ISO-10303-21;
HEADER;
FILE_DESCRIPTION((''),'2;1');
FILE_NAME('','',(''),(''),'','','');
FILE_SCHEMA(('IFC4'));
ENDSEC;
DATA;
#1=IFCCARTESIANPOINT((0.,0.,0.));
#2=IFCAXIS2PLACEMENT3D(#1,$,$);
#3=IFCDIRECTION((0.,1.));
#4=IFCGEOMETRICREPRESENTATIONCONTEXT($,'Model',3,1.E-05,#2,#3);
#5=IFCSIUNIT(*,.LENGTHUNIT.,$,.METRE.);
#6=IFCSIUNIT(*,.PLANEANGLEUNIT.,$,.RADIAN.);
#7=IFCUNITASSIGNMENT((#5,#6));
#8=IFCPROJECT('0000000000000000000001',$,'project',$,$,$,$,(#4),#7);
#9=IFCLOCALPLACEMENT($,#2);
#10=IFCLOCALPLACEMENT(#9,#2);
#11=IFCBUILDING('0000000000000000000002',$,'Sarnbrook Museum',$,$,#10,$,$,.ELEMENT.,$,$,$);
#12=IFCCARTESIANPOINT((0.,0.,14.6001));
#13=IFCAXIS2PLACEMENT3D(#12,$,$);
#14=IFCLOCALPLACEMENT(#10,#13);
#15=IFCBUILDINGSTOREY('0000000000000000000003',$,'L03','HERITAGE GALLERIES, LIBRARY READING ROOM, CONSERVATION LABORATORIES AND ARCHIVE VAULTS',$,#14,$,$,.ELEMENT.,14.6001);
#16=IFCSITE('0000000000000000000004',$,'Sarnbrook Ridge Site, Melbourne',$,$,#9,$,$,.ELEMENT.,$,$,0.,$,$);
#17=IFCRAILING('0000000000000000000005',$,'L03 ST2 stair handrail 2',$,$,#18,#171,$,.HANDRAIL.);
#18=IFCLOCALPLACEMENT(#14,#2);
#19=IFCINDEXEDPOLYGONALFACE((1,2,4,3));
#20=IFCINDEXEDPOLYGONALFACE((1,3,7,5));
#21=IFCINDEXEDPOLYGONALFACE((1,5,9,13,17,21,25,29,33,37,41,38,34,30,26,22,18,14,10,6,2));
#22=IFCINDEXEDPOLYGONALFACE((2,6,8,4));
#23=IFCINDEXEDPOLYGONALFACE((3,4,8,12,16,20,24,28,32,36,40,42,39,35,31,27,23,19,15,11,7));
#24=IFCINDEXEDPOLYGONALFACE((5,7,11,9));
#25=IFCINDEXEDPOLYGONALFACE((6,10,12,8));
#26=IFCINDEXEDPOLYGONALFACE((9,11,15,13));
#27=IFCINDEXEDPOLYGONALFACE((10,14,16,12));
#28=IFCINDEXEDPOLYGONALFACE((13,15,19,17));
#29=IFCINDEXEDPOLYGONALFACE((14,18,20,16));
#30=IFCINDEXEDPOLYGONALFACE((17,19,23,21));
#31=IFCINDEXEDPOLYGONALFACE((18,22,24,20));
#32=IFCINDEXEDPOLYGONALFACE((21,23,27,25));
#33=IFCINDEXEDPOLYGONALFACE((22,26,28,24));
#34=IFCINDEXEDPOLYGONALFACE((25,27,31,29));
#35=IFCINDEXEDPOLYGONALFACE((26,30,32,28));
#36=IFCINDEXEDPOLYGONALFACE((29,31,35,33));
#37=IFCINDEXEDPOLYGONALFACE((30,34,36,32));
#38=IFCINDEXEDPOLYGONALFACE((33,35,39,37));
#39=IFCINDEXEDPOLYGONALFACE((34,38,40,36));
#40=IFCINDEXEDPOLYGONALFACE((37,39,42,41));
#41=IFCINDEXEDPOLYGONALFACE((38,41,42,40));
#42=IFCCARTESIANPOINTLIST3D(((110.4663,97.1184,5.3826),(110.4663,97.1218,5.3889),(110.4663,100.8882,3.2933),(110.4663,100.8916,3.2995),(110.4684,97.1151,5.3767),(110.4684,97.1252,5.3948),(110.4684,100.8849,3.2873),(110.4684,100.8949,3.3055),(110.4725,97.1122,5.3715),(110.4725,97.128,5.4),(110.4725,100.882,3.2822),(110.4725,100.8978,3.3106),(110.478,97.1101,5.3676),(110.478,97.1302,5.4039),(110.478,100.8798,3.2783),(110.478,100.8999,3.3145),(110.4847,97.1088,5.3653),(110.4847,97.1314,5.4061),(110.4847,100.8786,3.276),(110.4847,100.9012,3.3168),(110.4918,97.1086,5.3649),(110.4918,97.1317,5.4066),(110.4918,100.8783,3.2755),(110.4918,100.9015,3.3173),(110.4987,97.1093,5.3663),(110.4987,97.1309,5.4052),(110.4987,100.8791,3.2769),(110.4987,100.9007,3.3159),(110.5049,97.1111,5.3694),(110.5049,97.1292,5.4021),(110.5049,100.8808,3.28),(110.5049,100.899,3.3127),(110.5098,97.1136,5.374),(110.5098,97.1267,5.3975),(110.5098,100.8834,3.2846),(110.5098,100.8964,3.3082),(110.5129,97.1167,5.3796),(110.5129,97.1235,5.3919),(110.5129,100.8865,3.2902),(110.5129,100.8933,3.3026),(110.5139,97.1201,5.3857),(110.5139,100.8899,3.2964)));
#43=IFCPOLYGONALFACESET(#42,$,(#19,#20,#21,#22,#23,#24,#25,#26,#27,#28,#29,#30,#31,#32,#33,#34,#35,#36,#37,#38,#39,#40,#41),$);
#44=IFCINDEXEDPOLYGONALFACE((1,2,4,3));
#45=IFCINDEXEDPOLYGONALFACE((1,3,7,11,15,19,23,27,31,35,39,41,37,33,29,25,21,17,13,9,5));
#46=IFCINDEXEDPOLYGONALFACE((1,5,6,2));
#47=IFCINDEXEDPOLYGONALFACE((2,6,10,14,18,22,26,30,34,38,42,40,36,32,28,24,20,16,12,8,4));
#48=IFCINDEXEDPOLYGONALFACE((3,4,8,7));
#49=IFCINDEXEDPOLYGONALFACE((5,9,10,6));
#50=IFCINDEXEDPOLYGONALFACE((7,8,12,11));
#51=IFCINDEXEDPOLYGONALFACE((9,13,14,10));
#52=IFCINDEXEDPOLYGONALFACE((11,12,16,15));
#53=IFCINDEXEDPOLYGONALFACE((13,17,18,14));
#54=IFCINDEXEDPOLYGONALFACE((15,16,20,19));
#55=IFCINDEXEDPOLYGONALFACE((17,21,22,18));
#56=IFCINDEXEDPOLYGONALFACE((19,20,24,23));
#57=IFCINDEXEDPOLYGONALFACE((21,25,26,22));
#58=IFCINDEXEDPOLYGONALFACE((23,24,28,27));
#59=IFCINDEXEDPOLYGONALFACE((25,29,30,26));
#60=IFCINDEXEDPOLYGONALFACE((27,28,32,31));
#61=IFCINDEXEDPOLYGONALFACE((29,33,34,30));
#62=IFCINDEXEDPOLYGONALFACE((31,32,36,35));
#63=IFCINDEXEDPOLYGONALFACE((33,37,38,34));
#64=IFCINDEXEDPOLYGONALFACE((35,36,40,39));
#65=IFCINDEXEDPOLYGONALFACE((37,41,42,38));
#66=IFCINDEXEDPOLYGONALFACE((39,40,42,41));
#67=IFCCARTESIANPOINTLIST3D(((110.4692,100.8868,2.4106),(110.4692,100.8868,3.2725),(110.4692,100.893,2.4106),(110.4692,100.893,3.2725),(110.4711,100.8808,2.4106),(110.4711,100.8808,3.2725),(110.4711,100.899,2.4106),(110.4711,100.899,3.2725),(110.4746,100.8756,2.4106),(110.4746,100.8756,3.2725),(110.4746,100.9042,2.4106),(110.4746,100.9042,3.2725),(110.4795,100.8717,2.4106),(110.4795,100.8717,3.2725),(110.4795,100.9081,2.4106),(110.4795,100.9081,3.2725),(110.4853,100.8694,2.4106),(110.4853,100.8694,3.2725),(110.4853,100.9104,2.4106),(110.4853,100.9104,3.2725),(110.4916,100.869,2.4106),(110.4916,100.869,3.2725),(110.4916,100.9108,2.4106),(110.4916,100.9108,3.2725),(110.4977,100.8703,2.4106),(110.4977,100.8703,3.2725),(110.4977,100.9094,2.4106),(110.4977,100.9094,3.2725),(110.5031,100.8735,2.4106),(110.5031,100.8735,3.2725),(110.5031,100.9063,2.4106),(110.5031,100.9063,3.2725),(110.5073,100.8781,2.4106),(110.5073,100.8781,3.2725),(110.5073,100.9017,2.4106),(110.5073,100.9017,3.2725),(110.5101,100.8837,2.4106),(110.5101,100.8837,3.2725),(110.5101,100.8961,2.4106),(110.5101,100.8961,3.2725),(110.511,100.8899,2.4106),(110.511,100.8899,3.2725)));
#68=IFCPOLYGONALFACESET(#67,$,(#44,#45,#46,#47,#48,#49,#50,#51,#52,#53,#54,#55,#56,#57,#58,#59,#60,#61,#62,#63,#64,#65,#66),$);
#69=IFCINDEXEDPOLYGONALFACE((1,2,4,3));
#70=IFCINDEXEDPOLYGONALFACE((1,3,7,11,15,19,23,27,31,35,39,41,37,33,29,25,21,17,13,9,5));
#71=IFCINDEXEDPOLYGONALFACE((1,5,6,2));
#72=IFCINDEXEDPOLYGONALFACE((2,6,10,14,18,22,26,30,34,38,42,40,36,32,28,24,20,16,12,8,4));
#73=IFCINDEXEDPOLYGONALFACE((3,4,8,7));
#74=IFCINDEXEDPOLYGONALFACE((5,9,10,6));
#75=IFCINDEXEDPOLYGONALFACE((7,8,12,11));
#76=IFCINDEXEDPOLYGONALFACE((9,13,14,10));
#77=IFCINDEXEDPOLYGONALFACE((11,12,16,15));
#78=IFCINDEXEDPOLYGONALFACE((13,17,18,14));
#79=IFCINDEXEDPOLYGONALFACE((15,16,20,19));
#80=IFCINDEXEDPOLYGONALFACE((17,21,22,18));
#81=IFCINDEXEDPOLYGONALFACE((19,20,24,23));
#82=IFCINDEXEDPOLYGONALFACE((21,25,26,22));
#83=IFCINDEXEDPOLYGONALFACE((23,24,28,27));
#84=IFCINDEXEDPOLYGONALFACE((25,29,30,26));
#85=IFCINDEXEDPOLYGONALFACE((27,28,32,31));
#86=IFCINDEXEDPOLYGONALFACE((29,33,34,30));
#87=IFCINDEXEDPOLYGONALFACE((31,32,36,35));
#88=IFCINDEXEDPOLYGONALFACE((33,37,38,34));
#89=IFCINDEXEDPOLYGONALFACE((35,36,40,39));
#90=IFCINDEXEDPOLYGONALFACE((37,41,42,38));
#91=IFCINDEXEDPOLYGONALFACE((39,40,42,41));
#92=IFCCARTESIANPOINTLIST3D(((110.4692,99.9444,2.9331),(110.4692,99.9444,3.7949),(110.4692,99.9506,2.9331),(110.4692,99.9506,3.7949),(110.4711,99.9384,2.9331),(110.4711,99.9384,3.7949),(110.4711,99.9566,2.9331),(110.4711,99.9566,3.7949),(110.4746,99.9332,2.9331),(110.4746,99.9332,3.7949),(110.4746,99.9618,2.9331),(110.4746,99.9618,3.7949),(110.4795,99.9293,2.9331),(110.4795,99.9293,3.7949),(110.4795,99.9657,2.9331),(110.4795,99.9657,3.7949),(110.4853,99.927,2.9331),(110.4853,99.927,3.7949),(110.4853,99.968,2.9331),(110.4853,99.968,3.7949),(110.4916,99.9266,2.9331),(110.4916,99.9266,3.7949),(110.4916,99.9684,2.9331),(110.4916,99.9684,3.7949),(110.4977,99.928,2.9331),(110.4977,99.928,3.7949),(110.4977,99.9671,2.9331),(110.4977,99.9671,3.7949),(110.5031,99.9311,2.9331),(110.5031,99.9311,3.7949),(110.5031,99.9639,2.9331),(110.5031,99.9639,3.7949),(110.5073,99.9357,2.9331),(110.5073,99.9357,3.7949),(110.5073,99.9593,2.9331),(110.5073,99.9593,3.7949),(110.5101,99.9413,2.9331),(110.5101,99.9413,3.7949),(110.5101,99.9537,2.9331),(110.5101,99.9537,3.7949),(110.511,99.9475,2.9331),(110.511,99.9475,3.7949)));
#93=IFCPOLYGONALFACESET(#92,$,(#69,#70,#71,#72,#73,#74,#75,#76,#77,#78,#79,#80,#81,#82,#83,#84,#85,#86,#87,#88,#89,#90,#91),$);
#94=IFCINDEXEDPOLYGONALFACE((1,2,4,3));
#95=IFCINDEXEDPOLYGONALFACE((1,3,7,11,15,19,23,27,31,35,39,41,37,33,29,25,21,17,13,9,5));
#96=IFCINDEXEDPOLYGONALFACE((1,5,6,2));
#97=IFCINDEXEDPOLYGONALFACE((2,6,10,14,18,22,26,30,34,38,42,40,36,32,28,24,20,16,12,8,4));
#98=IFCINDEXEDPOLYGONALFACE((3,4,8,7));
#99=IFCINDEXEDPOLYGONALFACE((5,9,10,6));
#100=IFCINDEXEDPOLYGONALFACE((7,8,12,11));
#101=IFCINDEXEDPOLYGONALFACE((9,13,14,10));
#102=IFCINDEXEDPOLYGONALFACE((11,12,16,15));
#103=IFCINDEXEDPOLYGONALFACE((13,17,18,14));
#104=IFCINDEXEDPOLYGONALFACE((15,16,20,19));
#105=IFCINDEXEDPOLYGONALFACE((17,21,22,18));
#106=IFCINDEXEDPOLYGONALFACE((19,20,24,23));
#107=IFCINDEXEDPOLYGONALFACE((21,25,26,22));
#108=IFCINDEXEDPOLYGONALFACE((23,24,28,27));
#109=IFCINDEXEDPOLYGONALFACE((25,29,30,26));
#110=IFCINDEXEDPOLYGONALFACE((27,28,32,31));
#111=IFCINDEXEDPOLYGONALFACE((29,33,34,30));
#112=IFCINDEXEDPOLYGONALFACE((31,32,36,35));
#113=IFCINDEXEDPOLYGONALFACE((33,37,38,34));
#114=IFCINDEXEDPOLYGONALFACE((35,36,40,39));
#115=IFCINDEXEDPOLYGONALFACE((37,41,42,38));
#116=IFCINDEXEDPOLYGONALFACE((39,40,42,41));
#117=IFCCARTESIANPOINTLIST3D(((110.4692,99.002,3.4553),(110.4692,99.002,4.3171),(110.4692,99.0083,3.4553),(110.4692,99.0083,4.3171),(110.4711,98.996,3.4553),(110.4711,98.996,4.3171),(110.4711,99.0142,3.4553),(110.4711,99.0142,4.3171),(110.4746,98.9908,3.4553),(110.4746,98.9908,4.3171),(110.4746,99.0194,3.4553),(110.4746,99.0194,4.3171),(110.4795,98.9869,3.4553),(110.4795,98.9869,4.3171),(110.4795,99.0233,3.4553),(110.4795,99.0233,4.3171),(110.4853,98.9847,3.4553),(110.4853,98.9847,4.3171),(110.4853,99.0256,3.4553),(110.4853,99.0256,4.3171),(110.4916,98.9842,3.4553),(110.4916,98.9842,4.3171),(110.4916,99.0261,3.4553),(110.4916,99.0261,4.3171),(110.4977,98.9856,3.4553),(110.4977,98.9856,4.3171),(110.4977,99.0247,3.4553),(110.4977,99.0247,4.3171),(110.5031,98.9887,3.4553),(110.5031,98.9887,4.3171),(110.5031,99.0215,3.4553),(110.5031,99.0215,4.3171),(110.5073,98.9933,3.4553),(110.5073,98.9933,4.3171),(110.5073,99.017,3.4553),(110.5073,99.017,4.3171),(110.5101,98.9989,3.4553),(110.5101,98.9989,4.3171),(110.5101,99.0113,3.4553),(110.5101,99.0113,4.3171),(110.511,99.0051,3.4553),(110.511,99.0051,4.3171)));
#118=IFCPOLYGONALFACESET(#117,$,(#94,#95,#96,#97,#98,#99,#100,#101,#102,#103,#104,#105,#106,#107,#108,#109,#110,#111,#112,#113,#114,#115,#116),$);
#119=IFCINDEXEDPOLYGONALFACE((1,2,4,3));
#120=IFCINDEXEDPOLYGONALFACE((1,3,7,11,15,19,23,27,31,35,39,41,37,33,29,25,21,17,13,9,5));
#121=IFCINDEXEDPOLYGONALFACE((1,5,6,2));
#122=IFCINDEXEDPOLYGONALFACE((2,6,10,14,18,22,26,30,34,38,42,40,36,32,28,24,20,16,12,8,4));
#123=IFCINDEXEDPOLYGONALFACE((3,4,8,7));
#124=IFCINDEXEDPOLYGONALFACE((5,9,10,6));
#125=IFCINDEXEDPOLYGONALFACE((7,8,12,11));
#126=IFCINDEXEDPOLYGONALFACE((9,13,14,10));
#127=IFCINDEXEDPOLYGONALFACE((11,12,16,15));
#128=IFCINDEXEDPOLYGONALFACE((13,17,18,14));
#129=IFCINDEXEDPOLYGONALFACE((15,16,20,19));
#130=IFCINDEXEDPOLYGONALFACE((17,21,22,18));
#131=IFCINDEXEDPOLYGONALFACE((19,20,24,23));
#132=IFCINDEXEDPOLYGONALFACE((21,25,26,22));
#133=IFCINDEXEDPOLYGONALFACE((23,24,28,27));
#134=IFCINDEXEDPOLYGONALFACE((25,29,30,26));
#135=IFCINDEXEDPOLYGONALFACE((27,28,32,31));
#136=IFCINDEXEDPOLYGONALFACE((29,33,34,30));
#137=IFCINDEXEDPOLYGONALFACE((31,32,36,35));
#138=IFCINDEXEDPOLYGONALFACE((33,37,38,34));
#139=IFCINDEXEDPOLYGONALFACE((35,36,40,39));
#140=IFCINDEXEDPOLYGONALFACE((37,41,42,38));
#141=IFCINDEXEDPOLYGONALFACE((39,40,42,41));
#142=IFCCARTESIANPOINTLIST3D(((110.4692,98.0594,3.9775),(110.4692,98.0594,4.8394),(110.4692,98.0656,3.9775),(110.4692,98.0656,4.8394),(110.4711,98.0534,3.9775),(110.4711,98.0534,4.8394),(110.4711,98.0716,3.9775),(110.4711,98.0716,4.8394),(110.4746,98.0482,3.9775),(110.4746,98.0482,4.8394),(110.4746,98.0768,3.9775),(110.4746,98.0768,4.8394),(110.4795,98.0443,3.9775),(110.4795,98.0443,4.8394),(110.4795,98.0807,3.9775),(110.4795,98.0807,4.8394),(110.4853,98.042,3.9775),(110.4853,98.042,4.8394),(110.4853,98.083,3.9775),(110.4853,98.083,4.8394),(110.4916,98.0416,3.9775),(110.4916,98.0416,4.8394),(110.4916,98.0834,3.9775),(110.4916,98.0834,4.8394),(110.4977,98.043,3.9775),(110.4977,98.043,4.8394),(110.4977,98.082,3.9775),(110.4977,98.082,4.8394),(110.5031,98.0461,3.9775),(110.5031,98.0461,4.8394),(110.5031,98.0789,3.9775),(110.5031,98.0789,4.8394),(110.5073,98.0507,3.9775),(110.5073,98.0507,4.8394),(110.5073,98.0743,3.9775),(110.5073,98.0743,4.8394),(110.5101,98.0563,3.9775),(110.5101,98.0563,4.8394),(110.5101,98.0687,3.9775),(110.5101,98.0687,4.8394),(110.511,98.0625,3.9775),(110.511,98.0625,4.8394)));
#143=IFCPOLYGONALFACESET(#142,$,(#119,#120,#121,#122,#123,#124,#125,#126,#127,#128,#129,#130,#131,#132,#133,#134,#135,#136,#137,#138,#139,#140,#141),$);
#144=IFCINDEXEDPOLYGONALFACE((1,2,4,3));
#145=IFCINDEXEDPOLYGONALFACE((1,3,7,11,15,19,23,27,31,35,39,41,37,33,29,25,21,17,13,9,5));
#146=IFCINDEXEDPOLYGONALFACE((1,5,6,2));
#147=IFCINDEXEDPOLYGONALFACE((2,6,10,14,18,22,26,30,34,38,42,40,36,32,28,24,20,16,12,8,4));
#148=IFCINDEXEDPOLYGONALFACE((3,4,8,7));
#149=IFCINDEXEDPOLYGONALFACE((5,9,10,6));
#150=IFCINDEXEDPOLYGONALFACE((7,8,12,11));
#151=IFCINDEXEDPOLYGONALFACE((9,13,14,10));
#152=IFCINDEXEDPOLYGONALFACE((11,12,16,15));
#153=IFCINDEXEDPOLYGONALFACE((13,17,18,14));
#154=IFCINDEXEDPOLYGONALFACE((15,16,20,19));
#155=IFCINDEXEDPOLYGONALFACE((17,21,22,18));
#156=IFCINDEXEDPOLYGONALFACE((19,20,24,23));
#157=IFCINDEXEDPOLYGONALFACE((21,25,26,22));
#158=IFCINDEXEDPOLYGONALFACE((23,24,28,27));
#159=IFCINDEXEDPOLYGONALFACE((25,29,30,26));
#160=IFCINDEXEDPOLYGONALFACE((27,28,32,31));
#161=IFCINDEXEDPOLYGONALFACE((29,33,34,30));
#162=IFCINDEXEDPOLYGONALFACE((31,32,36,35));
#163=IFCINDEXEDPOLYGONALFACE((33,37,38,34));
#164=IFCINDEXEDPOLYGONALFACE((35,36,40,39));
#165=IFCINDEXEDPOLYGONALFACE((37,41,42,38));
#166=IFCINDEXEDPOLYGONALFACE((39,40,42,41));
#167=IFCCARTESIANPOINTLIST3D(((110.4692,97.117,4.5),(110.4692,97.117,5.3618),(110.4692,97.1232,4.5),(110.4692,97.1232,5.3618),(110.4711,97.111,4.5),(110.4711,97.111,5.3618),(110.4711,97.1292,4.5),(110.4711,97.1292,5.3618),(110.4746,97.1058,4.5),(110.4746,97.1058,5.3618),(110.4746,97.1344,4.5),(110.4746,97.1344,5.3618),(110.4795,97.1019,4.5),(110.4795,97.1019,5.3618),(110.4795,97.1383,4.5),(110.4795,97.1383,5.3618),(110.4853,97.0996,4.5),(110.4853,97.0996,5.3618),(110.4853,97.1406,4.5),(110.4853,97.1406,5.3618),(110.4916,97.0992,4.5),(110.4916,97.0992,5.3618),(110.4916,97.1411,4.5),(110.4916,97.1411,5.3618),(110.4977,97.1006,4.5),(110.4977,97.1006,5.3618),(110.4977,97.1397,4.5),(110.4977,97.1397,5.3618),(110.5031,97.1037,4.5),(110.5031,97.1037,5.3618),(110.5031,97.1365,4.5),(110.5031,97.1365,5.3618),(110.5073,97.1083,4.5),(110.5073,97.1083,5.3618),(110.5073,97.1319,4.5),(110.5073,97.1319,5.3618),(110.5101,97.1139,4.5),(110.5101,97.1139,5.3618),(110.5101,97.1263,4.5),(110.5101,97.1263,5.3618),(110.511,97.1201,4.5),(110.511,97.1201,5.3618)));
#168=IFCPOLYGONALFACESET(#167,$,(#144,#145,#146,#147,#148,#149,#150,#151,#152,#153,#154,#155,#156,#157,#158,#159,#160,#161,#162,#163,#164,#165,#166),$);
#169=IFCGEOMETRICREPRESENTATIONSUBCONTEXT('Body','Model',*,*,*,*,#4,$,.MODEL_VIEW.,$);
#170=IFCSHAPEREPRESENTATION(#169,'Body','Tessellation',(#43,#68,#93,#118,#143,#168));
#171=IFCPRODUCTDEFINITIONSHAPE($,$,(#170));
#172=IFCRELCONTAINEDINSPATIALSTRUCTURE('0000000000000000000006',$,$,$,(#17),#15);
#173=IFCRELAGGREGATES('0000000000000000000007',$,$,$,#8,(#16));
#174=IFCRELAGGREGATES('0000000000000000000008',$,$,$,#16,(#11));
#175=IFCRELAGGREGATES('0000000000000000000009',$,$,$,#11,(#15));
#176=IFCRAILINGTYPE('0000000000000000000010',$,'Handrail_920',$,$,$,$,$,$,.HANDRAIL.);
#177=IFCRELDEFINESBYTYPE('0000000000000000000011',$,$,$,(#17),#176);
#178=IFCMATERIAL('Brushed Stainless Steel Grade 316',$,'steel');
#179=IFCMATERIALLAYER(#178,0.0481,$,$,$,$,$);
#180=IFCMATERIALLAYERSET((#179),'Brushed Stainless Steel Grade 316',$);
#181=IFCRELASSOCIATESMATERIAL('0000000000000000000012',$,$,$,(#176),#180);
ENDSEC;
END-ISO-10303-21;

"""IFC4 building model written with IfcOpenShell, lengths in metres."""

from ifc_helpers import new_model, si_unit, direction, frame, origin, origin_2d, place, context, subcontext, project, spatial, circle, extrude, material, layer, layer_set, type_object, element, save


model = new_model("IFC4")

# Units and contexts
model_context = context("Model", 3, precision=1e-05, world=origin(), true_north=direction((0.0, 1.0)))
body_context = subcontext(model_context, "Body", "Model", "MODEL_VIEW")
ifc_project = project(units=[si_unit("LENGTHUNIT", "METRE"), si_unit("PLANEANGLEUNIT", "RADIAN")], contexts=[model_context])

# Site, building, storey
site_placement = place(None, origin())
site = spatial("IfcSite", under=ifc_project, at=site_placement, Name="Sarnbrook Ridge Site, Melbourne", CompositionType="ELEMENT", RefElevation=0.0)
building_placement = place(site_placement, origin())
building = spatial("IfcBuilding", under=site, at=building_placement, Name="Sarnbrook Museum", CompositionType="ELEMENT")
storey_placement = place(building_placement, frame((0.0, 0.0, 14.6001)))
storey = spatial("IfcBuildingStorey", under=building, at=storey_placement, Name="L03", Description="HERITAGE GALLERIES, LIBRARY READING ROOM, CONSERVATION LABORATORIES AND ARCHIVE VAULTS", CompositionType="ELEMENT", Elevation=14.6001)

# Railing
ifc_material_1 = material(Name="Brushed Stainless Steel Grade 316", Category="steel")
ifc_layer_1 = layer(ifc_material_1, 0.0481)
ifc_layer_set_1 = layer_set([ifc_layer_1], Name="Brushed Stainless Steel Grade 316")
railing_type_1 = type_object("IfcRailingType", Name="Handrail_920", PredefinedType="HANDRAIL", material=ifc_layer_set_1)
railing_1_placement = place(storey_placement, frame((110.49, 100.8899, 2.4106)))
element("IfcRailing", 1, at=railing_1_placement, inside=storey, type_object=railing_type_1, Name="L03 ST2 stair handrail 2", PredefinedType="HANDRAIL", context=body_context, shape_type="SweptSolid", body=[
    extrude(circle(Radius=0.0239, at=origin_2d()), frame((0.0, 0.0, 0.8857), z_axis=(0.0, -0.874646, 0.484763), x_axis=(1.0, 0.0, 0.0)), (0.0, 0.0, 1.0), 4.3101),
    extrude(circle(Radius=0.021, at=origin_2d()), origin(), (0.0, 0.0, 1.0), 0.8618),
    extrude(circle(Radius=0.021, at=origin_2d()), frame((0.0, -0.9424, 0.5225)), (0.0, 0.0, 1.0), 0.8618),
    extrude(circle(Radius=0.021, at=origin_2d()), frame((0.0, -1.8848, 1.0447)), (0.0, 0.0, 1.0), 0.8618),
    extrude(circle(Radius=0.021, at=origin_2d()), frame((0.0, -2.8274, 1.5669)), (0.0, 0.0, 1.0), 0.8618),
    extrude(circle(Radius=0.021, at=origin_2d()), frame((0.0, -3.7698, 2.0894)), (0.0, 0.0, 1.0), 0.8618),
])

save(model, "model.ifc")
